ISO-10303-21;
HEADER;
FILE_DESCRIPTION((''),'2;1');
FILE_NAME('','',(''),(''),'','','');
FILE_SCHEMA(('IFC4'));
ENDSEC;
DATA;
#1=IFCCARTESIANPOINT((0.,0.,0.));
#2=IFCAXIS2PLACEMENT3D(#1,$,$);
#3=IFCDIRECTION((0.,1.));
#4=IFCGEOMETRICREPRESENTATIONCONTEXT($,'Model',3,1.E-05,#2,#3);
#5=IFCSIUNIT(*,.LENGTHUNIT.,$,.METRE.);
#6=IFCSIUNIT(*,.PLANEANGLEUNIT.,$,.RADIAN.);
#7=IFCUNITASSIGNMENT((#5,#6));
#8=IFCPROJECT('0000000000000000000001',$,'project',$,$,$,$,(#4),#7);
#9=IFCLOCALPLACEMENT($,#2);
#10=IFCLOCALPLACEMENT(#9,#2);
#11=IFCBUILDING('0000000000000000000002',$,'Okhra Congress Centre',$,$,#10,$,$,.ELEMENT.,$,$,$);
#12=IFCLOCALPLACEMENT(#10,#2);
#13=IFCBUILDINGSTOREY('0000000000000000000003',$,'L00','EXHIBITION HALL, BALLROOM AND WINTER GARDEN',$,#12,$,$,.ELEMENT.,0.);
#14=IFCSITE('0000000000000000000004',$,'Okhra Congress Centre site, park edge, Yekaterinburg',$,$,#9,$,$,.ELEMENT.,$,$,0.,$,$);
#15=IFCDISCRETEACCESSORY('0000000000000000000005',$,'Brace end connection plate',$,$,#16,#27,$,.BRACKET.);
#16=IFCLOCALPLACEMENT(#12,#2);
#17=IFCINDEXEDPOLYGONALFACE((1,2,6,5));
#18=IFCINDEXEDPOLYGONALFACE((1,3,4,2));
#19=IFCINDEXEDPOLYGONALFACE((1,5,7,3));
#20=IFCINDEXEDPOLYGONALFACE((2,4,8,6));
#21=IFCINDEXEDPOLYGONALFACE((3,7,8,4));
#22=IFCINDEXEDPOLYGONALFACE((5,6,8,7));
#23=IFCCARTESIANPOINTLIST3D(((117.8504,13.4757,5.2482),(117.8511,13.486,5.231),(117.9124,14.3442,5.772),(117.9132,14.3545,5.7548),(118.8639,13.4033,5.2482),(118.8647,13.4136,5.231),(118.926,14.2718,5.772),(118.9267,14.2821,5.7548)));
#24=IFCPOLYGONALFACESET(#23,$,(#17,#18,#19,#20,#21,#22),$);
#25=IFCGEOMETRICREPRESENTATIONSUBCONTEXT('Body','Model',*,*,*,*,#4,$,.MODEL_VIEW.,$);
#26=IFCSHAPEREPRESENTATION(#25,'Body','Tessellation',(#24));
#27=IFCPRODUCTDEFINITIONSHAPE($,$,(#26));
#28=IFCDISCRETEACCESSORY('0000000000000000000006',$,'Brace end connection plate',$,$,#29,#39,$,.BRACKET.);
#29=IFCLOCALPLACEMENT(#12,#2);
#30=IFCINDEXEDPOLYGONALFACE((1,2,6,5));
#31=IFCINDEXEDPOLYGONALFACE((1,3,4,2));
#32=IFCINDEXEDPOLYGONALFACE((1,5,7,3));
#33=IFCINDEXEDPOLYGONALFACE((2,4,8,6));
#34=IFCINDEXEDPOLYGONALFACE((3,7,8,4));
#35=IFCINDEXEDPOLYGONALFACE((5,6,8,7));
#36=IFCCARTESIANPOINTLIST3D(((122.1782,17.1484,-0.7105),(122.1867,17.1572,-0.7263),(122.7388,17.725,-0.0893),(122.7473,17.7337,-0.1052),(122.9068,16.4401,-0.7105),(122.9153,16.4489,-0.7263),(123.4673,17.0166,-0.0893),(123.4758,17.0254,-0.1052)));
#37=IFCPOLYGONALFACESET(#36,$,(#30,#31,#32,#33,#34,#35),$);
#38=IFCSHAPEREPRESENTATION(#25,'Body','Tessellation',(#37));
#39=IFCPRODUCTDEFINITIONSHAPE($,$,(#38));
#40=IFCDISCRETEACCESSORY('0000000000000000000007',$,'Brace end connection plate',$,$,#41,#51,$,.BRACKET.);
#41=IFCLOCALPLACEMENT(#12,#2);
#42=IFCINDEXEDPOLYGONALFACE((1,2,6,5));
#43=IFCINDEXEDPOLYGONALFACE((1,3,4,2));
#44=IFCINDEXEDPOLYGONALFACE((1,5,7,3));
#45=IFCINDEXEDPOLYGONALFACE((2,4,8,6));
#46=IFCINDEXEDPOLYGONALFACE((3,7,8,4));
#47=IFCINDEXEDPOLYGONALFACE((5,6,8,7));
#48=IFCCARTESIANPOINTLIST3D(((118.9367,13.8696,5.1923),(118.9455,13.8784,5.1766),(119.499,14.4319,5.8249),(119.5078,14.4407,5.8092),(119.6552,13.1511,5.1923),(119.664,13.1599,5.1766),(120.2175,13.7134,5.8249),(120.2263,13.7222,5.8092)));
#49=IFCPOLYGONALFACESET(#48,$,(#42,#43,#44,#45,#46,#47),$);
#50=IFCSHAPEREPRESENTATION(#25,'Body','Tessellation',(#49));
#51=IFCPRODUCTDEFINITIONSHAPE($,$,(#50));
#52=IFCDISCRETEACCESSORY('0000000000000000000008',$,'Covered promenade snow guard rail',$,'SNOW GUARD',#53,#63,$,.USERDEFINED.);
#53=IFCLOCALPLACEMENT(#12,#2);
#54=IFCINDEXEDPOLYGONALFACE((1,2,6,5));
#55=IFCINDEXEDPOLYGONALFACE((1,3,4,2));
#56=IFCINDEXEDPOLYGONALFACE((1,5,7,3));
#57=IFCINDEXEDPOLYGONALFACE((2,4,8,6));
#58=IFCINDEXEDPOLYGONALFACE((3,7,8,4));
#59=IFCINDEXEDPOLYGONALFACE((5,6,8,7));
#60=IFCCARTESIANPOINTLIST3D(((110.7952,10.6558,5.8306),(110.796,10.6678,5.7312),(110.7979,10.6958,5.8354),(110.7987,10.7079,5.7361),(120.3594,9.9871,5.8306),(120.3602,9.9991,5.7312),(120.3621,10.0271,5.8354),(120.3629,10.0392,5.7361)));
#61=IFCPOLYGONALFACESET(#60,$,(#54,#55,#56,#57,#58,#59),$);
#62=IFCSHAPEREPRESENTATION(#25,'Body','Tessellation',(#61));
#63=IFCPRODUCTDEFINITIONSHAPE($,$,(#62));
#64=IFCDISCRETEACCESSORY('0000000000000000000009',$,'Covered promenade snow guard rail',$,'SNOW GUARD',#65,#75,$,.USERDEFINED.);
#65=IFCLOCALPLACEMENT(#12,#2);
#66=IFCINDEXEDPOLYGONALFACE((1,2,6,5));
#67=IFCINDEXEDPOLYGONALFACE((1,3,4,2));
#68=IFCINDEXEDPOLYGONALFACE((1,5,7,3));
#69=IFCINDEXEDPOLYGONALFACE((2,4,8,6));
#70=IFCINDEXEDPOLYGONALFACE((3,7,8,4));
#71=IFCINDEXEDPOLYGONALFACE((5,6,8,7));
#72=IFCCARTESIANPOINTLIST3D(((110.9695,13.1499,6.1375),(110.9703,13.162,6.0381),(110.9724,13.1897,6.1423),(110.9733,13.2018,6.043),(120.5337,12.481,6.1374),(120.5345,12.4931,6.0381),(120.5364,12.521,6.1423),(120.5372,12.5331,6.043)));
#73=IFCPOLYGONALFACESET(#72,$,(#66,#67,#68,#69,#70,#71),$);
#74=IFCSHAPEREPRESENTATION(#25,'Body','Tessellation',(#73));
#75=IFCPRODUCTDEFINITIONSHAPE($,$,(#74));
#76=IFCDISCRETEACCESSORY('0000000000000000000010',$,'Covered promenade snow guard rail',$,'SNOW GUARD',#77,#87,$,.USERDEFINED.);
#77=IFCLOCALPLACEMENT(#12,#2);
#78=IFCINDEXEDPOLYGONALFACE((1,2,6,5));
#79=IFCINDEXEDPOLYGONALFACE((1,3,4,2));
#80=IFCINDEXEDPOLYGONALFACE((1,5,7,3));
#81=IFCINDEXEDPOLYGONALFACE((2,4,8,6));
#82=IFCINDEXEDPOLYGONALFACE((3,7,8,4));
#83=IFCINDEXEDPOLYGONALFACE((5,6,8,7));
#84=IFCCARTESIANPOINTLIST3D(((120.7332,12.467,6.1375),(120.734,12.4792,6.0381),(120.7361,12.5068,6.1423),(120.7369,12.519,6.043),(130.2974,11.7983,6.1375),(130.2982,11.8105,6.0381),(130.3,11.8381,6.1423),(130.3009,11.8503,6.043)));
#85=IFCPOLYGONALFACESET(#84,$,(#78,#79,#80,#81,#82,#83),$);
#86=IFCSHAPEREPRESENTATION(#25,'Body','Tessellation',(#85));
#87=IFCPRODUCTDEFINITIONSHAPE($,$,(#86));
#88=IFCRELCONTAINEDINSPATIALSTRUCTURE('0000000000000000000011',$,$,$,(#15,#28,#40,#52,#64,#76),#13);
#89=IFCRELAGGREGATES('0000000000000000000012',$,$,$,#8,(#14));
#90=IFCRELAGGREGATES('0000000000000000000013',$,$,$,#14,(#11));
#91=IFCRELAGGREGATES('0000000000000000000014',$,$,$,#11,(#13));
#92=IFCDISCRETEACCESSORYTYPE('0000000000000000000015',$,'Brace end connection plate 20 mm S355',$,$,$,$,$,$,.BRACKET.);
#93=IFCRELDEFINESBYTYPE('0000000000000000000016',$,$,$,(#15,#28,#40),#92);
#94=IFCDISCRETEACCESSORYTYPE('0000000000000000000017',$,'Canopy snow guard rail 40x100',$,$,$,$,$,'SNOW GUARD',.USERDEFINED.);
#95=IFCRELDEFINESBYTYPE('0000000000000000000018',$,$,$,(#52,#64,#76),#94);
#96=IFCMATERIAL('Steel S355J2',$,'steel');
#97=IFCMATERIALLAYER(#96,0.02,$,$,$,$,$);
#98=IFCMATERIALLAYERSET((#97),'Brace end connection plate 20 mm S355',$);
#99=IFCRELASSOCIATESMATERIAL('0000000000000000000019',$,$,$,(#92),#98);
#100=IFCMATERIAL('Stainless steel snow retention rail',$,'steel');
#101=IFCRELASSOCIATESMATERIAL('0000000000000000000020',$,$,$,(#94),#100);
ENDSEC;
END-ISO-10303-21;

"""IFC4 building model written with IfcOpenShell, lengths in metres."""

from ifc_helpers import new_model, si_unit, direction, frame, origin, origin_2d, place, context, subcontext, project, spatial, polyline, rectangle, outline, extrude, material, layer, layer_set, type_object, element, save


model = new_model("IFC4")

# Units and contexts
model_context = context("Model", 3, precision=1e-05, world=origin(), true_north=direction((0.0, 1.0)))
body_context = subcontext(model_context, "Body", "Model", "MODEL_VIEW")
ifc_project = project(units=[si_unit("LENGTHUNIT", "METRE"), si_unit("PLANEANGLEUNIT", "RADIAN")], contexts=[model_context])

# Site, building, storey
site_placement = place(None, origin())
site = spatial("IfcSite", under=ifc_project, at=site_placement, Name="Okhra Congress Centre site, park edge, Yekaterinburg", CompositionType="ELEMENT", RefElevation=0.0)
building_placement = place(site_placement, origin())
building = spatial("IfcBuilding", under=site, at=building_placement, Name="Okhra Congress Centre", CompositionType="ELEMENT")
storey_placement = place(building_placement, origin())
storey = spatial("IfcBuildingStorey", under=building, at=storey_placement, Name="L00", Description="EXHIBITION HALL, BALLROOM AND WINTER GARDEN", CompositionType="ELEMENT", Elevation=0.0)

# Discrete accessories
ifc_material_1 = material(Name="Steel S355J2", Category="steel")
ifc_layer_1 = layer(ifc_material_1, 0.02)
ifc_layer_set_1 = layer_set([ifc_layer_1], Name="Brace end connection plate 20 mm S355")
discrete_accessory_type_1 = type_object("IfcDiscreteAccessoryType", Name="Brace end connection plate 20 mm S355", PredefinedType="BRACKET", material=ifc_layer_set_1)
for number, where, z_axis, x_axis, name in (
    (1, (118.3889, 13.884, 5.4929), (-0.036725, -0.514149, 0.856914), (0.997459, -0.071247, 0.0), "Brace end connection plate"),
    (2, (122.8228, 17.0825, -0.3999), (0.426133, 0.438308, -0.791389), (-0.716995, 0.697078, 0.0), "Brace end connection plate"),
    (3, (119.5859, 13.8003, 5.4929), (-0.440204, -0.440204, 0.782586), (0.707107, -0.707107, 0.0), "Brace end connection plate"),
):
    element("IfcDiscreteAccessory", number, at=place(storey_placement, frame(where, z_axis=z_axis, x_axis=x_axis)), inside=storey, type_object=discrete_accessory_type_1, Name=name, PredefinedType="BRACKET", context=body_context, shape_type="SweptSolid", body=[
        extrude(rectangle(XDim=1.0161, YDim=1.0161, at=origin_2d()), origin(), (0.0, 0.0, 1.0), 0.02),
    ])
ifc_material_2 = material(Name="Stainless steel snow retention rail", Category="steel")
discrete_accessory_type_2 = type_object("IfcDiscreteAccessoryType", Name="Canopy snow guard rail 40x100", ElementType="SNOW GUARD", PredefinedType="USERDEFINED", material=ifc_material_2)
discrete_accessory_1_placement = place(storey_placement, frame((110.7952, 10.6558, 5.8306), z_axis=(-0.008425, -0.120493, 0.992678), x_axis=(0.997565, -0.069747, 0.0)))
element("IfcDiscreteAccessory", 4, at=discrete_accessory_1_placement, inside=storey, type_object=discrete_accessory_type_2, Name="Covered promenade snow guard rail", ObjectType="SNOW GUARD", PredefinedType="USERDEFINED", context=body_context, shape_type="SweptSolid", body=[
    extrude(outline(polyline([(0.0, 0.0), (9.5876, 0.0), (9.5874, 0.0404), (-0.0001, 0.0404), (0.0, 0.0)])), origin(), (0.0, 0.0, -1.0), 0.1001),
])
discrete_accessory_2_placement = place(storey_placement, frame((110.9695, 13.1499, 6.1375), z_axis=(-0.00845, -0.120829, 0.992637), x_axis=(0.997563, -0.069772, -0.000001)))
element("IfcDiscreteAccessory", 5, at=discrete_accessory_2_placement, inside=storey, type_object=discrete_accessory_type_2, Name="Covered promenade snow guard rail", ObjectType="SNOW GUARD", PredefinedType="USERDEFINED", context=body_context, shape_type="SweptSolid", body=[
    extrude(outline(polyline([(0.0, 0.0), (9.5876, 0.0), (9.5875, 0.0404), (0.0001, 0.0402), (0.0, 0.0)])), origin(), (0.0, 0.0, -1.0), 0.1001),
])
discrete_accessory_3_placement = place(storey_placement, frame((120.7332, 12.467, 6.1375), z_axis=(-0.008474, -0.121193, 0.992593), x_axis=(0.997565, -0.069747, 0.0)))
element("IfcDiscreteAccessory", 6, at=discrete_accessory_3_placement, inside=storey, type_object=discrete_accessory_type_2, Name="Covered promenade snow guard rail", ObjectType="SNOW GUARD", PredefinedType="USERDEFINED", context=body_context, shape_type="SweptSolid", body=[
    extrude(outline(polyline([(0.0, 0.0), (9.5876, 0.0), (9.5875, 0.0402), (0.0001, 0.0402), (0.0, 0.0)])), origin(), (0.0, 0.0, -1.0), 0.1001),
])

save(model, "model.ifc")
